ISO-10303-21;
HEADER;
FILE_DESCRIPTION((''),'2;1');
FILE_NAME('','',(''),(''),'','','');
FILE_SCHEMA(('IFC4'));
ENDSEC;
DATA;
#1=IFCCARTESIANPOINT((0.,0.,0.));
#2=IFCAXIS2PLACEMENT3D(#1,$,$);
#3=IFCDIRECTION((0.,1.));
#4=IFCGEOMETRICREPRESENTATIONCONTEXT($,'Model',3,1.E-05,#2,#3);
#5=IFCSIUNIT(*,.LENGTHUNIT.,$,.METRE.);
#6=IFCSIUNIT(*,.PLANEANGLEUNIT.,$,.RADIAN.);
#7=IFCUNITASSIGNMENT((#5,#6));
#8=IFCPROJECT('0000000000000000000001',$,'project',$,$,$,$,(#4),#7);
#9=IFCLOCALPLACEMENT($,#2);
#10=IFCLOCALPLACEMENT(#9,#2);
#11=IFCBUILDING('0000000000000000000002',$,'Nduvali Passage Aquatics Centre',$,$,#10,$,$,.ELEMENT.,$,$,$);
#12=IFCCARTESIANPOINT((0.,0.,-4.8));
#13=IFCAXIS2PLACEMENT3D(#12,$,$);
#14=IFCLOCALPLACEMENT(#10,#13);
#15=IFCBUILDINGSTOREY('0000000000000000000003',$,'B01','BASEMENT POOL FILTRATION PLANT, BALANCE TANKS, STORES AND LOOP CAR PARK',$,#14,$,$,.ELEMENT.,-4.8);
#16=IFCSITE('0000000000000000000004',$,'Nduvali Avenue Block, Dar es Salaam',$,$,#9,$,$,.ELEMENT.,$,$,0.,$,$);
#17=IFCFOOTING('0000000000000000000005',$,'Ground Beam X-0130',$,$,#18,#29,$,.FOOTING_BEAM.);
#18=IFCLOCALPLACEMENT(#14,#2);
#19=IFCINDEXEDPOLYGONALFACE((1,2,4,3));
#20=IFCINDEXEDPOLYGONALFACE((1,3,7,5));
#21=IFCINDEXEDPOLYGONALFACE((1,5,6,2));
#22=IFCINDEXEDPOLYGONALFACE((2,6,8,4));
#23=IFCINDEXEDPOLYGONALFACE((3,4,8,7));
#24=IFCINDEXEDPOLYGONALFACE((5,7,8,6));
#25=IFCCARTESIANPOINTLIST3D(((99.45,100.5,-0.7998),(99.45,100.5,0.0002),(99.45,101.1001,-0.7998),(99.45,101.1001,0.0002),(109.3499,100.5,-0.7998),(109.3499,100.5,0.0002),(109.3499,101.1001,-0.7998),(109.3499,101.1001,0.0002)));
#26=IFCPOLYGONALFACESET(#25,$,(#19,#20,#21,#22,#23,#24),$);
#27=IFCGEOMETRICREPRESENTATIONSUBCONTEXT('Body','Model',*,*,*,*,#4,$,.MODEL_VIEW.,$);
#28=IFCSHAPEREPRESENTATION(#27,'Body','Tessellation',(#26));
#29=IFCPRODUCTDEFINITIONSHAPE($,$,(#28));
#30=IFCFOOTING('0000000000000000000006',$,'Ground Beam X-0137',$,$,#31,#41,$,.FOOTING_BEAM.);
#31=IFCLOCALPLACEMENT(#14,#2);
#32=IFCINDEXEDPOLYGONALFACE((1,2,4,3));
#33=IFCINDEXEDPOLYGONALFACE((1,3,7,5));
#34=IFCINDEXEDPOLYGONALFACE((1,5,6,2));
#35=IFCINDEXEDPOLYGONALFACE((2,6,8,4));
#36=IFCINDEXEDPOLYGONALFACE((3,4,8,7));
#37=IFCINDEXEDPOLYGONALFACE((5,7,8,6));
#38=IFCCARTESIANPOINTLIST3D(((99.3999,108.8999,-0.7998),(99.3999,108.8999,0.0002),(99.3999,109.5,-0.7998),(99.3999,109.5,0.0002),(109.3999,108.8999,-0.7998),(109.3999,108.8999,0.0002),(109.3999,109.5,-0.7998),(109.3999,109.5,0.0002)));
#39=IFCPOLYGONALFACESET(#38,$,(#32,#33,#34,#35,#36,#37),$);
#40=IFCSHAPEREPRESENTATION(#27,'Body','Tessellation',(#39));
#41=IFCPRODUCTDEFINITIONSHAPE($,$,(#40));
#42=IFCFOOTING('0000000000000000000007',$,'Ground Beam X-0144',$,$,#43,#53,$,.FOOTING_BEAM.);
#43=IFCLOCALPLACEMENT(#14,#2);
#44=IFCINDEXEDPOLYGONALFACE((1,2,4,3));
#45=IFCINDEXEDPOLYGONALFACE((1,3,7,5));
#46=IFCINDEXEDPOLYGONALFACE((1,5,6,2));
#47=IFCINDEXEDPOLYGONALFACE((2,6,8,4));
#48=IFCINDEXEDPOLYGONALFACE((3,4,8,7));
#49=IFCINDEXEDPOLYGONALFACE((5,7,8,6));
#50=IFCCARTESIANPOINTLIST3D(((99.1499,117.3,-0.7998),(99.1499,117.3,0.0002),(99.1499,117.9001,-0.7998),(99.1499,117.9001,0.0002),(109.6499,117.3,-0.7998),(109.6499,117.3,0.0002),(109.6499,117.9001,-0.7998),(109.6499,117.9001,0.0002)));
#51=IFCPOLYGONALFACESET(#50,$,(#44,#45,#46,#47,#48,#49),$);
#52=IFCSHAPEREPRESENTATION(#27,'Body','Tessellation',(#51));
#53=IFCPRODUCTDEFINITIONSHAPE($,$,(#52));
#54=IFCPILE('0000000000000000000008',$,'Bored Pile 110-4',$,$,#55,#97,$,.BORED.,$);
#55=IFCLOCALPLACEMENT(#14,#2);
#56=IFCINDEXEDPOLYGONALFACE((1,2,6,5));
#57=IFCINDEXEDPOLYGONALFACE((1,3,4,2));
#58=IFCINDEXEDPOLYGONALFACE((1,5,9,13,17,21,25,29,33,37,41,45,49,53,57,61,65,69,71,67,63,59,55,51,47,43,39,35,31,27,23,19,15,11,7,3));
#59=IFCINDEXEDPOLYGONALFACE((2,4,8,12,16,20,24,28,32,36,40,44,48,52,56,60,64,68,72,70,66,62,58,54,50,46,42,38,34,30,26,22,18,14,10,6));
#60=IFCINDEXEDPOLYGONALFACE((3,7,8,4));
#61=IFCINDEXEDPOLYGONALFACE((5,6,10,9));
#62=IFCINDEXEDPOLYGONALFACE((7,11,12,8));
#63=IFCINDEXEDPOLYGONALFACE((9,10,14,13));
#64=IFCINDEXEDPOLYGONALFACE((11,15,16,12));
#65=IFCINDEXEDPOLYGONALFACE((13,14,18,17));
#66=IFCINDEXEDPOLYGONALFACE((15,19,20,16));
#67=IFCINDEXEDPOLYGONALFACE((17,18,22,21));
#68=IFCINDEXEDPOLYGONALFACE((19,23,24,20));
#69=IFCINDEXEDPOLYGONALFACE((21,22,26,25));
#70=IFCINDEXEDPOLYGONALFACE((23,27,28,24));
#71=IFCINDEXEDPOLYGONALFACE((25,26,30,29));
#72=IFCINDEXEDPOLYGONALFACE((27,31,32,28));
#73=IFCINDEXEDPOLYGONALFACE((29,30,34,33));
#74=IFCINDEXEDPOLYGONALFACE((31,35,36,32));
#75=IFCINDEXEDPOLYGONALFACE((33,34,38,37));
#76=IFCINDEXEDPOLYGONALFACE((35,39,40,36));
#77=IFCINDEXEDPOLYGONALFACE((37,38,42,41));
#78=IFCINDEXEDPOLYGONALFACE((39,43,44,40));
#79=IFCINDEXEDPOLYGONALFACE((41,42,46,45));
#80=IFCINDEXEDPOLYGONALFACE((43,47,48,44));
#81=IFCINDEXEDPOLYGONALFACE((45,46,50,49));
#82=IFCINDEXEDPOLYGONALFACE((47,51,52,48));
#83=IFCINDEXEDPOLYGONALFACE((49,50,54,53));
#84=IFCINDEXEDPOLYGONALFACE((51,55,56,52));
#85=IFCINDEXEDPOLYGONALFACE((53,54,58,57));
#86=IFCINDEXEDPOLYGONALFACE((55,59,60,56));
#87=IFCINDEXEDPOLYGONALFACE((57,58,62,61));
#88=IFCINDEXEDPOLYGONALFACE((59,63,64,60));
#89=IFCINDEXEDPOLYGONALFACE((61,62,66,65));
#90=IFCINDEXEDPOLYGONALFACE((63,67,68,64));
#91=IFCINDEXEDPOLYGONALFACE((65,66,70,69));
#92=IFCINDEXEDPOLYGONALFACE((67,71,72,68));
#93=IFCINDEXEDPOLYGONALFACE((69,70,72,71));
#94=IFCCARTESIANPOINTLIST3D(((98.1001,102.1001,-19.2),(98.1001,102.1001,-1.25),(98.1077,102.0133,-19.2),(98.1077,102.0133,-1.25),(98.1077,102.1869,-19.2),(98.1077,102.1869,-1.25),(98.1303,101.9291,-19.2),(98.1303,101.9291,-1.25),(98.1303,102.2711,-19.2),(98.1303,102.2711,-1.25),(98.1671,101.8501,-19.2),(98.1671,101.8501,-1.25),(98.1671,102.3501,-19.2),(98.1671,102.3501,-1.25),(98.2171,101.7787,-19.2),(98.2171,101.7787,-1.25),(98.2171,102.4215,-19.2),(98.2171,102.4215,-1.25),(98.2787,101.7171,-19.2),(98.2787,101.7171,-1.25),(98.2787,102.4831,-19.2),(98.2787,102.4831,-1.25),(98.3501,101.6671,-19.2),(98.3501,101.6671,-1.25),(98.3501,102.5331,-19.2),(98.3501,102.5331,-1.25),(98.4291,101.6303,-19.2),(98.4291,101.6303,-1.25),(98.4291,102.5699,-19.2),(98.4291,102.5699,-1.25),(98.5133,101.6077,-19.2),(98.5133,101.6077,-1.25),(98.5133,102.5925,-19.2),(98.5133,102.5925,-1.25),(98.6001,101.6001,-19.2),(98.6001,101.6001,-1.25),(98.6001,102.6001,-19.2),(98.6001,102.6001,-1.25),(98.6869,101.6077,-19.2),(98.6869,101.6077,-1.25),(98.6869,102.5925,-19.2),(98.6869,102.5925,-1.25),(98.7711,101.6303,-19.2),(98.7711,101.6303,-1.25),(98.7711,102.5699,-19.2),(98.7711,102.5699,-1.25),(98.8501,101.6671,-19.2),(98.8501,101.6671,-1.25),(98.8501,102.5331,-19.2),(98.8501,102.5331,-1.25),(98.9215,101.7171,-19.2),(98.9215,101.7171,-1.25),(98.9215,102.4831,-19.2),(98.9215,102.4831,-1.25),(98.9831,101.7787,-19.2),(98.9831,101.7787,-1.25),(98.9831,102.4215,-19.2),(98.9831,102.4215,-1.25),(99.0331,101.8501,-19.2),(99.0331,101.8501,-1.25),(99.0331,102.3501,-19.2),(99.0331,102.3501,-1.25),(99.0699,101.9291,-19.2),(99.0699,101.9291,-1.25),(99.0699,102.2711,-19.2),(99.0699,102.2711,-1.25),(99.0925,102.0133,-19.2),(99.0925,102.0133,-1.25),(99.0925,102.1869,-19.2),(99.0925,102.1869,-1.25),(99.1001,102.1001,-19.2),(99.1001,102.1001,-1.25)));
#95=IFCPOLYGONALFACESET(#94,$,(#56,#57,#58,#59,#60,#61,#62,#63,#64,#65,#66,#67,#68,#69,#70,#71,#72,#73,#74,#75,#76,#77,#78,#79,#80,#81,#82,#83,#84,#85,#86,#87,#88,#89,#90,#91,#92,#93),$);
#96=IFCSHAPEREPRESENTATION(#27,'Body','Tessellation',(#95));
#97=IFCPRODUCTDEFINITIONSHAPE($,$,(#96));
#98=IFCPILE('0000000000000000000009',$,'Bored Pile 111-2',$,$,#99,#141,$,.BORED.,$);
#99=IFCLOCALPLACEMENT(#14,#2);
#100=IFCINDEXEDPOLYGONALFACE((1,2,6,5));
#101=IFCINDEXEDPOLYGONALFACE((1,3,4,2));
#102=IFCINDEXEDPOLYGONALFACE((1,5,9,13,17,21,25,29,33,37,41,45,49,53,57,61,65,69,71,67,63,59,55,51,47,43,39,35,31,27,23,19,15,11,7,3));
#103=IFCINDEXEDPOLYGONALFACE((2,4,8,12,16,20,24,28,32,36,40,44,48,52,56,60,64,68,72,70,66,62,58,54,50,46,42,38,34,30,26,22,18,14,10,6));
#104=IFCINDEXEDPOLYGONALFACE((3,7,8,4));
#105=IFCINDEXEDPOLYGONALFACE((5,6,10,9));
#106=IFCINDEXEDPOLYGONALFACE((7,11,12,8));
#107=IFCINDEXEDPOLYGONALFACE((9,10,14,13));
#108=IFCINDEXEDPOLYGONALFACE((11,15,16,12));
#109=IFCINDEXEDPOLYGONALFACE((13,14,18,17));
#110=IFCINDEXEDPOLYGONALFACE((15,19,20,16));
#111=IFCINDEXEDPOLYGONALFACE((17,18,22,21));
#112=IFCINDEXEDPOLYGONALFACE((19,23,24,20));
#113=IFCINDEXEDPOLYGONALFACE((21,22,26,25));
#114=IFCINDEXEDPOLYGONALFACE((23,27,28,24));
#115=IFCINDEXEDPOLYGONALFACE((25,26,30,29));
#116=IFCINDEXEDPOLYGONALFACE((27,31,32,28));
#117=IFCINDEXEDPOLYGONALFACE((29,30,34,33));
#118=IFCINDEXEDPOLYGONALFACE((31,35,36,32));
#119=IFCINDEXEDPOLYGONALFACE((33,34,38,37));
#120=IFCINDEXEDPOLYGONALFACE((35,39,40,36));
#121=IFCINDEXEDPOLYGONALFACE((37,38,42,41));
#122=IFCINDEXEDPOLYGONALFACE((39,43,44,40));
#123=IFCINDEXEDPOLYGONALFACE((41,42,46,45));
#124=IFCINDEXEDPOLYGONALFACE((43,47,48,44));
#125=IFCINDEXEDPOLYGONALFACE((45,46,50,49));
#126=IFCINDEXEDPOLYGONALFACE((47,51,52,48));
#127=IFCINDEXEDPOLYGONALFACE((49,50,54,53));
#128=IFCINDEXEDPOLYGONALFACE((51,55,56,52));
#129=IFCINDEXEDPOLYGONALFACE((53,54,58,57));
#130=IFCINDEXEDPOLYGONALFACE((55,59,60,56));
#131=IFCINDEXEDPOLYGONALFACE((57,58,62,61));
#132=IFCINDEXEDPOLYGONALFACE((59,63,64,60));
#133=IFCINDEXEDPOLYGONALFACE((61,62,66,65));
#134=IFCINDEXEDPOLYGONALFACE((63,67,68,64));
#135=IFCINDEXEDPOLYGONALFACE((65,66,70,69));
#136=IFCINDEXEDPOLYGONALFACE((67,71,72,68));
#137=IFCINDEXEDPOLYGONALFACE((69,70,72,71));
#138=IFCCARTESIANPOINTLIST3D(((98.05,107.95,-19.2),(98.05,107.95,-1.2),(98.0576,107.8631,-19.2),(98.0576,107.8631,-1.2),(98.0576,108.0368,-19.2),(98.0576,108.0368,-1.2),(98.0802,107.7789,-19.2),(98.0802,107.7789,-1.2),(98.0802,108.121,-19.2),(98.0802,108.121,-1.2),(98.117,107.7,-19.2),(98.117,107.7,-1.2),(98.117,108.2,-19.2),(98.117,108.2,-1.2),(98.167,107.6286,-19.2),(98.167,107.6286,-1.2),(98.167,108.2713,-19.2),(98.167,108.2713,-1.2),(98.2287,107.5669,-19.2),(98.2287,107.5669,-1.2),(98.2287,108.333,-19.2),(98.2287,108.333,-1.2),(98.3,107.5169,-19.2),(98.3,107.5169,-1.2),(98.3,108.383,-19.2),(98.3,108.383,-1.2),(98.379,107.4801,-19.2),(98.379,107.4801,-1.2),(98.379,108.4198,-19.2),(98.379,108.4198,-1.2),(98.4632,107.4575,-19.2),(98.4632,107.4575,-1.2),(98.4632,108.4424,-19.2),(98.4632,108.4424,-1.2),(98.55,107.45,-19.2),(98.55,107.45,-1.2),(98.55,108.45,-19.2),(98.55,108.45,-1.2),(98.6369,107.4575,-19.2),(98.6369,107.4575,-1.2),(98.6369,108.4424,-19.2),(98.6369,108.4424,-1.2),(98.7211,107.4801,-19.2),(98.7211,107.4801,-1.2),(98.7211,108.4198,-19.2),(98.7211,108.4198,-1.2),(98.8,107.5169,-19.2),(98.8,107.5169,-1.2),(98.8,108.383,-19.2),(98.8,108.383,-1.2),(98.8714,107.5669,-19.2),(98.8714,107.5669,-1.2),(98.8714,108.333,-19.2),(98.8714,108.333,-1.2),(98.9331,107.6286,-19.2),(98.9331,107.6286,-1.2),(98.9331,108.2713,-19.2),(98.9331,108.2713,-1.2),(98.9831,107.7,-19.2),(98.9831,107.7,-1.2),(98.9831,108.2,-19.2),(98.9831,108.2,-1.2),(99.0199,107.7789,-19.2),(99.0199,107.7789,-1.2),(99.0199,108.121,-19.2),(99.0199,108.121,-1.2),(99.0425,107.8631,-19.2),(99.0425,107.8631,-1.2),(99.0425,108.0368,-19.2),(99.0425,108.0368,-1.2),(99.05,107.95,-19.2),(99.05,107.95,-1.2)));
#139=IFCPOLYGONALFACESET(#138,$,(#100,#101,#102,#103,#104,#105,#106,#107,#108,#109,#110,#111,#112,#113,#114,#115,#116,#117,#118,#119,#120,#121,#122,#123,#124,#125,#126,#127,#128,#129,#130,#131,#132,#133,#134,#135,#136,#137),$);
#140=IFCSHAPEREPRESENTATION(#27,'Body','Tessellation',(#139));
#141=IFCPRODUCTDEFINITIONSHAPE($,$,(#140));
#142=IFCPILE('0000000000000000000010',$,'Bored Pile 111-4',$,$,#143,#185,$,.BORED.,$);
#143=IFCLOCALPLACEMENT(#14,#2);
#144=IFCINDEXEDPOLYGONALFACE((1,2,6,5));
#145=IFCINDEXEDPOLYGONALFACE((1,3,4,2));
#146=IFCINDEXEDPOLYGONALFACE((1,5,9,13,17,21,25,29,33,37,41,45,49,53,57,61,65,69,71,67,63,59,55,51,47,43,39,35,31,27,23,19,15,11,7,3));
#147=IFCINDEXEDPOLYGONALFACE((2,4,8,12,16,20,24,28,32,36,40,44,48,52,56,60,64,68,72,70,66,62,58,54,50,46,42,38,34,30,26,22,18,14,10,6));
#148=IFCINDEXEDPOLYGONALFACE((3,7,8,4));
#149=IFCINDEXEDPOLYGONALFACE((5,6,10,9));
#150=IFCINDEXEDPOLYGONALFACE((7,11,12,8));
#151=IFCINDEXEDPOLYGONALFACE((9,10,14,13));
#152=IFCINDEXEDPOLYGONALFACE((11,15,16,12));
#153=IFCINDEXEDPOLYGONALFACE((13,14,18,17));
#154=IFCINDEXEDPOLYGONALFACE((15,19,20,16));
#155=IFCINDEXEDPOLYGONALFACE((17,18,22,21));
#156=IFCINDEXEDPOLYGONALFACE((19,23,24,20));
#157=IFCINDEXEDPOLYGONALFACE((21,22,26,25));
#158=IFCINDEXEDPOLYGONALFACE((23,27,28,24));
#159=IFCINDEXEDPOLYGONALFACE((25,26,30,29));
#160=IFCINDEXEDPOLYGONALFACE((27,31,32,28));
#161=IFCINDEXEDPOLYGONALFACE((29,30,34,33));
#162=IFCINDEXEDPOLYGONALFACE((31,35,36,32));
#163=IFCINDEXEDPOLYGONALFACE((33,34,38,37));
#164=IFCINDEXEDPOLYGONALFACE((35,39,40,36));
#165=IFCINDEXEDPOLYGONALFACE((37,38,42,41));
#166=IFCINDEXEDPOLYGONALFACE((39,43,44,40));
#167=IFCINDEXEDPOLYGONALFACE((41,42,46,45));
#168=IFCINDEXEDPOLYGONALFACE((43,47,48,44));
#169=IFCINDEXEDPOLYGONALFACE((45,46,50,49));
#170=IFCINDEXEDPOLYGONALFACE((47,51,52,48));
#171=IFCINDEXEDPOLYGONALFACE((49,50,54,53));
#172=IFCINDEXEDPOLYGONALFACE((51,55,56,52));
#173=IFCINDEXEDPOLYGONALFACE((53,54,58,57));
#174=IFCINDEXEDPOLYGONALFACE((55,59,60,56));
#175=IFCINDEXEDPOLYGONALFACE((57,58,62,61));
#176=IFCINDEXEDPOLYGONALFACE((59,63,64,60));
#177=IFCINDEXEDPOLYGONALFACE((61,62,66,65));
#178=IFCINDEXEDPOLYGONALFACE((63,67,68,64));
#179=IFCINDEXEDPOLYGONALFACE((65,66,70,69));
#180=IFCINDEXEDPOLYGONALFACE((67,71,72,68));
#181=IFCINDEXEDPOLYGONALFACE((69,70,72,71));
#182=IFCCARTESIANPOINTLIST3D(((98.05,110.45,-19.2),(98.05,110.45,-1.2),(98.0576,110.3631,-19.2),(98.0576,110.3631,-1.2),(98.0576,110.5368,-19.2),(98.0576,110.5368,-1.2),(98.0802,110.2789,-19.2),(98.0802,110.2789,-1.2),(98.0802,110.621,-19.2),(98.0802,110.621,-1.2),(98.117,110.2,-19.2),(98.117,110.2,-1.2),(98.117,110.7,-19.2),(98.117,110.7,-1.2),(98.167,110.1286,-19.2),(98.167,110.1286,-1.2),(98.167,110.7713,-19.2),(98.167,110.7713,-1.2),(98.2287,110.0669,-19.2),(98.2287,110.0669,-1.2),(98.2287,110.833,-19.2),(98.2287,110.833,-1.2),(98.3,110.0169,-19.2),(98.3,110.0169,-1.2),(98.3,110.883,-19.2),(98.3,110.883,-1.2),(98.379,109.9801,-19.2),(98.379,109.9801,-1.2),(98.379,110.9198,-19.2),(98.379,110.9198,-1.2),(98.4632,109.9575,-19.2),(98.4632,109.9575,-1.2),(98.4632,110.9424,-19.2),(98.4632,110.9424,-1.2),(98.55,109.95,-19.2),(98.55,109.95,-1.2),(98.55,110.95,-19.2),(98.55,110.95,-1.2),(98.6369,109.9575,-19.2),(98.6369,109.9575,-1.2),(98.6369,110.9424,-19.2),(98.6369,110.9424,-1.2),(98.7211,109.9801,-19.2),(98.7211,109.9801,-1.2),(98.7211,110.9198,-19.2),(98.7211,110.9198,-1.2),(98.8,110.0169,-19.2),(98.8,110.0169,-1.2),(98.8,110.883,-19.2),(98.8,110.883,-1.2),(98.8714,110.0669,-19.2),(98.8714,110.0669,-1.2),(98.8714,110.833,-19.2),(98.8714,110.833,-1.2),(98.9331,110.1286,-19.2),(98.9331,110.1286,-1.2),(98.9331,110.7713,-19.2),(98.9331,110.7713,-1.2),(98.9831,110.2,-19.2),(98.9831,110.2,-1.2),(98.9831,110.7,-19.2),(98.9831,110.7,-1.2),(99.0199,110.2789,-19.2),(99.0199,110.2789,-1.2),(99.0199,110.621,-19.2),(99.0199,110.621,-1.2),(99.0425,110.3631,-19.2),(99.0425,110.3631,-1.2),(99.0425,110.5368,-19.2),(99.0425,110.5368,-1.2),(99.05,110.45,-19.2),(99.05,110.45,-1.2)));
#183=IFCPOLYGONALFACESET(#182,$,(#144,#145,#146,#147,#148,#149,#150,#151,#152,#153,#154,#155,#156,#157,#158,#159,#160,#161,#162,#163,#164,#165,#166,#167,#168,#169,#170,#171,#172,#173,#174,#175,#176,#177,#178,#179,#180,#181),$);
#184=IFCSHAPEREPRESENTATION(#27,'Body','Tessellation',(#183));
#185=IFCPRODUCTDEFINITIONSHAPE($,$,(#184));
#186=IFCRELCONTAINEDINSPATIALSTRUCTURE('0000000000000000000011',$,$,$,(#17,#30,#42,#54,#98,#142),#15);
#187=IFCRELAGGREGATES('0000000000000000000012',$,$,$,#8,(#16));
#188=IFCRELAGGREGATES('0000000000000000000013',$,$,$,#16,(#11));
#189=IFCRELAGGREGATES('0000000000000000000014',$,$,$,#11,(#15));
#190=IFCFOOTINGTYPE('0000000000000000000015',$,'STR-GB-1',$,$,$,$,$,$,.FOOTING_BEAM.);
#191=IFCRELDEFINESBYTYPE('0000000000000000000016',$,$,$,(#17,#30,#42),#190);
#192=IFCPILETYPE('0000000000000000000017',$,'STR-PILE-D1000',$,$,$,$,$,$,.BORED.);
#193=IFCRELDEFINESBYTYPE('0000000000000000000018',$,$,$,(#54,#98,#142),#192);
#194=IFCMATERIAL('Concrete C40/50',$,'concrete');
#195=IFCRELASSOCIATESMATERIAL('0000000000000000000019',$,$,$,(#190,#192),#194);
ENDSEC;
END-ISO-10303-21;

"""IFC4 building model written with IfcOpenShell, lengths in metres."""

from ifc_helpers import new_model, si_unit, direction, frame, origin, origin_2d, place, context, subcontext, project, spatial, rectangle, circle, extrude, material, material_profile, profile_set, type_object, element, save


model = new_model("IFC4")

# Units and contexts
model_context = context("Model", 3, precision=1e-05, world=origin(), true_north=direction((0.0, 1.0)))
body_context = subcontext(model_context, "Body", "Model", "MODEL_VIEW")
ifc_project = project(units=[si_unit("LENGTHUNIT", "METRE"), si_unit("PLANEANGLEUNIT", "RADIAN")], contexts=[model_context])

# Site, building, storey
site_placement = place(None, origin())
site = spatial("IfcSite", under=ifc_project, at=site_placement, Name="Nduvali Avenue Block, Dar es Salaam", CompositionType="ELEMENT", RefElevation=0.0)
building_placement = place(site_placement, origin())
building = spatial("IfcBuilding", under=site, at=building_placement, Name="Nduvali Passage Aquatics Centre", CompositionType="ELEMENT")
storey_placement = place(building_placement, frame((0.0, 0.0, -4.8)))
storey = spatial("IfcBuildingStorey", under=building, at=storey_placement, Name="B01", Description="BASEMENT POOL FILTRATION PLANT, BALANCE TANKS, STORES AND LOOP CAR PARK", CompositionType="ELEMENT", Elevation=-4.8)

# Footings
ifc_material_1 = material(Name="Concrete C40/50", Category="concrete")
footing_type = type_object("IfcFootingType", Name="STR-GB-1", PredefinedType="FOOTING_BEAM", material=ifc_material_1)
footing_1_placement = place(storey_placement, frame((104.3999, 100.8, -0.7998), z_axis=(0.0, 0.0, 1.0), x_axis=(1.0, 0.0, 0.0)))
element("IfcFooting", 1, at=footing_1_placement, inside=storey, type_object=footing_type, Name="Ground Beam X-0130", PredefinedType="FOOTING_BEAM", context=body_context, shape_type="SweptSolid", body=[
    extrude(rectangle(XDim=9.8999, YDim=0.6001, at=origin_2d()), origin(), (0.0, 0.0, 1.0), 0.8),
])
footing_2_placement = place(storey_placement, frame((104.3999, 109.2, -0.7998), z_axis=(0.0, 0.0, 1.0), x_axis=(1.0, 0.0, 0.0)))
element("IfcFooting", 2, at=footing_2_placement, inside=storey, type_object=footing_type, Name="Ground Beam X-0137", PredefinedType="FOOTING_BEAM", context=body_context, shape_type="SweptSolid", body=[
    extrude(rectangle(XDim=10.0, YDim=0.6001, at=origin_2d()), origin(), (0.0, 0.0, 1.0), 0.8),
])
footing_3_placement = place(storey_placement, frame((104.3999, 117.6001, -0.7998), z_axis=(0.0, 0.0, 1.0), x_axis=(1.0, 0.0, 0.0)))
element("IfcFooting", 3, at=footing_3_placement, inside=storey, type_object=footing_type, Name="Ground Beam X-0144", PredefinedType="FOOTING_BEAM", context=body_context, shape_type="SweptSolid", body=[
    extrude(rectangle(XDim=10.5, YDim=0.6001, at=origin_2d()), origin(), (0.0, 0.0, 1.0), 0.8),
])

# Piles
ifc_material_profile = material_profile(ifc_material_1, circle(Radius=0.5, at=origin_2d()), Name="PILE D1000")
ifc_profile_set = profile_set([ifc_material_profile], Name="Concrete C40/50")
pile_type = type_object("IfcPileType", Name="STR-PILE-D1000", PredefinedType="BORED", material=ifc_profile_set)
pile_1_placement = place(storey_placement, frame((98.6001, 102.1001, -1.25), z_axis=(0.0, 0.0, -1.0), x_axis=(1.0, 0.0, 0.0)))
element("IfcPile", 4, at=pile_1_placement, inside=storey, type_object=pile_type, Name="Bored Pile 110-4", PredefinedType="BORED", context=body_context, shape_type="SweptSolid", body=[
    extrude(circle(Radius=0.5, at=origin_2d()), origin(), (0.0, 0.0, 1.0), 17.95),
])
for number, where, z_axis, x_axis, name in (
    (5, (98.55, 107.95, -1.2), (0.0, 0.0, -1.0), (1.0, 0.0, 0.0), "Bored Pile 111-2"),
    (6, (98.55, 110.45, -1.2), (0.0, 0.0, -1.0), (1.0, 0.0, 0.0), "Bored Pile 111-4"),
):
    element("IfcPile", number, at=place(storey_placement, frame(where, z_axis=z_axis, x_axis=x_axis)), inside=storey, type_object=pile_type, Name=name, PredefinedType="BORED", context=body_context, shape_type="SweptSolid", body=[
        extrude(circle(Radius=0.5, at=origin_2d()), origin(), (0.0, 0.0, 1.0), 18.0),
    ])

save(model, "model.ifc")
